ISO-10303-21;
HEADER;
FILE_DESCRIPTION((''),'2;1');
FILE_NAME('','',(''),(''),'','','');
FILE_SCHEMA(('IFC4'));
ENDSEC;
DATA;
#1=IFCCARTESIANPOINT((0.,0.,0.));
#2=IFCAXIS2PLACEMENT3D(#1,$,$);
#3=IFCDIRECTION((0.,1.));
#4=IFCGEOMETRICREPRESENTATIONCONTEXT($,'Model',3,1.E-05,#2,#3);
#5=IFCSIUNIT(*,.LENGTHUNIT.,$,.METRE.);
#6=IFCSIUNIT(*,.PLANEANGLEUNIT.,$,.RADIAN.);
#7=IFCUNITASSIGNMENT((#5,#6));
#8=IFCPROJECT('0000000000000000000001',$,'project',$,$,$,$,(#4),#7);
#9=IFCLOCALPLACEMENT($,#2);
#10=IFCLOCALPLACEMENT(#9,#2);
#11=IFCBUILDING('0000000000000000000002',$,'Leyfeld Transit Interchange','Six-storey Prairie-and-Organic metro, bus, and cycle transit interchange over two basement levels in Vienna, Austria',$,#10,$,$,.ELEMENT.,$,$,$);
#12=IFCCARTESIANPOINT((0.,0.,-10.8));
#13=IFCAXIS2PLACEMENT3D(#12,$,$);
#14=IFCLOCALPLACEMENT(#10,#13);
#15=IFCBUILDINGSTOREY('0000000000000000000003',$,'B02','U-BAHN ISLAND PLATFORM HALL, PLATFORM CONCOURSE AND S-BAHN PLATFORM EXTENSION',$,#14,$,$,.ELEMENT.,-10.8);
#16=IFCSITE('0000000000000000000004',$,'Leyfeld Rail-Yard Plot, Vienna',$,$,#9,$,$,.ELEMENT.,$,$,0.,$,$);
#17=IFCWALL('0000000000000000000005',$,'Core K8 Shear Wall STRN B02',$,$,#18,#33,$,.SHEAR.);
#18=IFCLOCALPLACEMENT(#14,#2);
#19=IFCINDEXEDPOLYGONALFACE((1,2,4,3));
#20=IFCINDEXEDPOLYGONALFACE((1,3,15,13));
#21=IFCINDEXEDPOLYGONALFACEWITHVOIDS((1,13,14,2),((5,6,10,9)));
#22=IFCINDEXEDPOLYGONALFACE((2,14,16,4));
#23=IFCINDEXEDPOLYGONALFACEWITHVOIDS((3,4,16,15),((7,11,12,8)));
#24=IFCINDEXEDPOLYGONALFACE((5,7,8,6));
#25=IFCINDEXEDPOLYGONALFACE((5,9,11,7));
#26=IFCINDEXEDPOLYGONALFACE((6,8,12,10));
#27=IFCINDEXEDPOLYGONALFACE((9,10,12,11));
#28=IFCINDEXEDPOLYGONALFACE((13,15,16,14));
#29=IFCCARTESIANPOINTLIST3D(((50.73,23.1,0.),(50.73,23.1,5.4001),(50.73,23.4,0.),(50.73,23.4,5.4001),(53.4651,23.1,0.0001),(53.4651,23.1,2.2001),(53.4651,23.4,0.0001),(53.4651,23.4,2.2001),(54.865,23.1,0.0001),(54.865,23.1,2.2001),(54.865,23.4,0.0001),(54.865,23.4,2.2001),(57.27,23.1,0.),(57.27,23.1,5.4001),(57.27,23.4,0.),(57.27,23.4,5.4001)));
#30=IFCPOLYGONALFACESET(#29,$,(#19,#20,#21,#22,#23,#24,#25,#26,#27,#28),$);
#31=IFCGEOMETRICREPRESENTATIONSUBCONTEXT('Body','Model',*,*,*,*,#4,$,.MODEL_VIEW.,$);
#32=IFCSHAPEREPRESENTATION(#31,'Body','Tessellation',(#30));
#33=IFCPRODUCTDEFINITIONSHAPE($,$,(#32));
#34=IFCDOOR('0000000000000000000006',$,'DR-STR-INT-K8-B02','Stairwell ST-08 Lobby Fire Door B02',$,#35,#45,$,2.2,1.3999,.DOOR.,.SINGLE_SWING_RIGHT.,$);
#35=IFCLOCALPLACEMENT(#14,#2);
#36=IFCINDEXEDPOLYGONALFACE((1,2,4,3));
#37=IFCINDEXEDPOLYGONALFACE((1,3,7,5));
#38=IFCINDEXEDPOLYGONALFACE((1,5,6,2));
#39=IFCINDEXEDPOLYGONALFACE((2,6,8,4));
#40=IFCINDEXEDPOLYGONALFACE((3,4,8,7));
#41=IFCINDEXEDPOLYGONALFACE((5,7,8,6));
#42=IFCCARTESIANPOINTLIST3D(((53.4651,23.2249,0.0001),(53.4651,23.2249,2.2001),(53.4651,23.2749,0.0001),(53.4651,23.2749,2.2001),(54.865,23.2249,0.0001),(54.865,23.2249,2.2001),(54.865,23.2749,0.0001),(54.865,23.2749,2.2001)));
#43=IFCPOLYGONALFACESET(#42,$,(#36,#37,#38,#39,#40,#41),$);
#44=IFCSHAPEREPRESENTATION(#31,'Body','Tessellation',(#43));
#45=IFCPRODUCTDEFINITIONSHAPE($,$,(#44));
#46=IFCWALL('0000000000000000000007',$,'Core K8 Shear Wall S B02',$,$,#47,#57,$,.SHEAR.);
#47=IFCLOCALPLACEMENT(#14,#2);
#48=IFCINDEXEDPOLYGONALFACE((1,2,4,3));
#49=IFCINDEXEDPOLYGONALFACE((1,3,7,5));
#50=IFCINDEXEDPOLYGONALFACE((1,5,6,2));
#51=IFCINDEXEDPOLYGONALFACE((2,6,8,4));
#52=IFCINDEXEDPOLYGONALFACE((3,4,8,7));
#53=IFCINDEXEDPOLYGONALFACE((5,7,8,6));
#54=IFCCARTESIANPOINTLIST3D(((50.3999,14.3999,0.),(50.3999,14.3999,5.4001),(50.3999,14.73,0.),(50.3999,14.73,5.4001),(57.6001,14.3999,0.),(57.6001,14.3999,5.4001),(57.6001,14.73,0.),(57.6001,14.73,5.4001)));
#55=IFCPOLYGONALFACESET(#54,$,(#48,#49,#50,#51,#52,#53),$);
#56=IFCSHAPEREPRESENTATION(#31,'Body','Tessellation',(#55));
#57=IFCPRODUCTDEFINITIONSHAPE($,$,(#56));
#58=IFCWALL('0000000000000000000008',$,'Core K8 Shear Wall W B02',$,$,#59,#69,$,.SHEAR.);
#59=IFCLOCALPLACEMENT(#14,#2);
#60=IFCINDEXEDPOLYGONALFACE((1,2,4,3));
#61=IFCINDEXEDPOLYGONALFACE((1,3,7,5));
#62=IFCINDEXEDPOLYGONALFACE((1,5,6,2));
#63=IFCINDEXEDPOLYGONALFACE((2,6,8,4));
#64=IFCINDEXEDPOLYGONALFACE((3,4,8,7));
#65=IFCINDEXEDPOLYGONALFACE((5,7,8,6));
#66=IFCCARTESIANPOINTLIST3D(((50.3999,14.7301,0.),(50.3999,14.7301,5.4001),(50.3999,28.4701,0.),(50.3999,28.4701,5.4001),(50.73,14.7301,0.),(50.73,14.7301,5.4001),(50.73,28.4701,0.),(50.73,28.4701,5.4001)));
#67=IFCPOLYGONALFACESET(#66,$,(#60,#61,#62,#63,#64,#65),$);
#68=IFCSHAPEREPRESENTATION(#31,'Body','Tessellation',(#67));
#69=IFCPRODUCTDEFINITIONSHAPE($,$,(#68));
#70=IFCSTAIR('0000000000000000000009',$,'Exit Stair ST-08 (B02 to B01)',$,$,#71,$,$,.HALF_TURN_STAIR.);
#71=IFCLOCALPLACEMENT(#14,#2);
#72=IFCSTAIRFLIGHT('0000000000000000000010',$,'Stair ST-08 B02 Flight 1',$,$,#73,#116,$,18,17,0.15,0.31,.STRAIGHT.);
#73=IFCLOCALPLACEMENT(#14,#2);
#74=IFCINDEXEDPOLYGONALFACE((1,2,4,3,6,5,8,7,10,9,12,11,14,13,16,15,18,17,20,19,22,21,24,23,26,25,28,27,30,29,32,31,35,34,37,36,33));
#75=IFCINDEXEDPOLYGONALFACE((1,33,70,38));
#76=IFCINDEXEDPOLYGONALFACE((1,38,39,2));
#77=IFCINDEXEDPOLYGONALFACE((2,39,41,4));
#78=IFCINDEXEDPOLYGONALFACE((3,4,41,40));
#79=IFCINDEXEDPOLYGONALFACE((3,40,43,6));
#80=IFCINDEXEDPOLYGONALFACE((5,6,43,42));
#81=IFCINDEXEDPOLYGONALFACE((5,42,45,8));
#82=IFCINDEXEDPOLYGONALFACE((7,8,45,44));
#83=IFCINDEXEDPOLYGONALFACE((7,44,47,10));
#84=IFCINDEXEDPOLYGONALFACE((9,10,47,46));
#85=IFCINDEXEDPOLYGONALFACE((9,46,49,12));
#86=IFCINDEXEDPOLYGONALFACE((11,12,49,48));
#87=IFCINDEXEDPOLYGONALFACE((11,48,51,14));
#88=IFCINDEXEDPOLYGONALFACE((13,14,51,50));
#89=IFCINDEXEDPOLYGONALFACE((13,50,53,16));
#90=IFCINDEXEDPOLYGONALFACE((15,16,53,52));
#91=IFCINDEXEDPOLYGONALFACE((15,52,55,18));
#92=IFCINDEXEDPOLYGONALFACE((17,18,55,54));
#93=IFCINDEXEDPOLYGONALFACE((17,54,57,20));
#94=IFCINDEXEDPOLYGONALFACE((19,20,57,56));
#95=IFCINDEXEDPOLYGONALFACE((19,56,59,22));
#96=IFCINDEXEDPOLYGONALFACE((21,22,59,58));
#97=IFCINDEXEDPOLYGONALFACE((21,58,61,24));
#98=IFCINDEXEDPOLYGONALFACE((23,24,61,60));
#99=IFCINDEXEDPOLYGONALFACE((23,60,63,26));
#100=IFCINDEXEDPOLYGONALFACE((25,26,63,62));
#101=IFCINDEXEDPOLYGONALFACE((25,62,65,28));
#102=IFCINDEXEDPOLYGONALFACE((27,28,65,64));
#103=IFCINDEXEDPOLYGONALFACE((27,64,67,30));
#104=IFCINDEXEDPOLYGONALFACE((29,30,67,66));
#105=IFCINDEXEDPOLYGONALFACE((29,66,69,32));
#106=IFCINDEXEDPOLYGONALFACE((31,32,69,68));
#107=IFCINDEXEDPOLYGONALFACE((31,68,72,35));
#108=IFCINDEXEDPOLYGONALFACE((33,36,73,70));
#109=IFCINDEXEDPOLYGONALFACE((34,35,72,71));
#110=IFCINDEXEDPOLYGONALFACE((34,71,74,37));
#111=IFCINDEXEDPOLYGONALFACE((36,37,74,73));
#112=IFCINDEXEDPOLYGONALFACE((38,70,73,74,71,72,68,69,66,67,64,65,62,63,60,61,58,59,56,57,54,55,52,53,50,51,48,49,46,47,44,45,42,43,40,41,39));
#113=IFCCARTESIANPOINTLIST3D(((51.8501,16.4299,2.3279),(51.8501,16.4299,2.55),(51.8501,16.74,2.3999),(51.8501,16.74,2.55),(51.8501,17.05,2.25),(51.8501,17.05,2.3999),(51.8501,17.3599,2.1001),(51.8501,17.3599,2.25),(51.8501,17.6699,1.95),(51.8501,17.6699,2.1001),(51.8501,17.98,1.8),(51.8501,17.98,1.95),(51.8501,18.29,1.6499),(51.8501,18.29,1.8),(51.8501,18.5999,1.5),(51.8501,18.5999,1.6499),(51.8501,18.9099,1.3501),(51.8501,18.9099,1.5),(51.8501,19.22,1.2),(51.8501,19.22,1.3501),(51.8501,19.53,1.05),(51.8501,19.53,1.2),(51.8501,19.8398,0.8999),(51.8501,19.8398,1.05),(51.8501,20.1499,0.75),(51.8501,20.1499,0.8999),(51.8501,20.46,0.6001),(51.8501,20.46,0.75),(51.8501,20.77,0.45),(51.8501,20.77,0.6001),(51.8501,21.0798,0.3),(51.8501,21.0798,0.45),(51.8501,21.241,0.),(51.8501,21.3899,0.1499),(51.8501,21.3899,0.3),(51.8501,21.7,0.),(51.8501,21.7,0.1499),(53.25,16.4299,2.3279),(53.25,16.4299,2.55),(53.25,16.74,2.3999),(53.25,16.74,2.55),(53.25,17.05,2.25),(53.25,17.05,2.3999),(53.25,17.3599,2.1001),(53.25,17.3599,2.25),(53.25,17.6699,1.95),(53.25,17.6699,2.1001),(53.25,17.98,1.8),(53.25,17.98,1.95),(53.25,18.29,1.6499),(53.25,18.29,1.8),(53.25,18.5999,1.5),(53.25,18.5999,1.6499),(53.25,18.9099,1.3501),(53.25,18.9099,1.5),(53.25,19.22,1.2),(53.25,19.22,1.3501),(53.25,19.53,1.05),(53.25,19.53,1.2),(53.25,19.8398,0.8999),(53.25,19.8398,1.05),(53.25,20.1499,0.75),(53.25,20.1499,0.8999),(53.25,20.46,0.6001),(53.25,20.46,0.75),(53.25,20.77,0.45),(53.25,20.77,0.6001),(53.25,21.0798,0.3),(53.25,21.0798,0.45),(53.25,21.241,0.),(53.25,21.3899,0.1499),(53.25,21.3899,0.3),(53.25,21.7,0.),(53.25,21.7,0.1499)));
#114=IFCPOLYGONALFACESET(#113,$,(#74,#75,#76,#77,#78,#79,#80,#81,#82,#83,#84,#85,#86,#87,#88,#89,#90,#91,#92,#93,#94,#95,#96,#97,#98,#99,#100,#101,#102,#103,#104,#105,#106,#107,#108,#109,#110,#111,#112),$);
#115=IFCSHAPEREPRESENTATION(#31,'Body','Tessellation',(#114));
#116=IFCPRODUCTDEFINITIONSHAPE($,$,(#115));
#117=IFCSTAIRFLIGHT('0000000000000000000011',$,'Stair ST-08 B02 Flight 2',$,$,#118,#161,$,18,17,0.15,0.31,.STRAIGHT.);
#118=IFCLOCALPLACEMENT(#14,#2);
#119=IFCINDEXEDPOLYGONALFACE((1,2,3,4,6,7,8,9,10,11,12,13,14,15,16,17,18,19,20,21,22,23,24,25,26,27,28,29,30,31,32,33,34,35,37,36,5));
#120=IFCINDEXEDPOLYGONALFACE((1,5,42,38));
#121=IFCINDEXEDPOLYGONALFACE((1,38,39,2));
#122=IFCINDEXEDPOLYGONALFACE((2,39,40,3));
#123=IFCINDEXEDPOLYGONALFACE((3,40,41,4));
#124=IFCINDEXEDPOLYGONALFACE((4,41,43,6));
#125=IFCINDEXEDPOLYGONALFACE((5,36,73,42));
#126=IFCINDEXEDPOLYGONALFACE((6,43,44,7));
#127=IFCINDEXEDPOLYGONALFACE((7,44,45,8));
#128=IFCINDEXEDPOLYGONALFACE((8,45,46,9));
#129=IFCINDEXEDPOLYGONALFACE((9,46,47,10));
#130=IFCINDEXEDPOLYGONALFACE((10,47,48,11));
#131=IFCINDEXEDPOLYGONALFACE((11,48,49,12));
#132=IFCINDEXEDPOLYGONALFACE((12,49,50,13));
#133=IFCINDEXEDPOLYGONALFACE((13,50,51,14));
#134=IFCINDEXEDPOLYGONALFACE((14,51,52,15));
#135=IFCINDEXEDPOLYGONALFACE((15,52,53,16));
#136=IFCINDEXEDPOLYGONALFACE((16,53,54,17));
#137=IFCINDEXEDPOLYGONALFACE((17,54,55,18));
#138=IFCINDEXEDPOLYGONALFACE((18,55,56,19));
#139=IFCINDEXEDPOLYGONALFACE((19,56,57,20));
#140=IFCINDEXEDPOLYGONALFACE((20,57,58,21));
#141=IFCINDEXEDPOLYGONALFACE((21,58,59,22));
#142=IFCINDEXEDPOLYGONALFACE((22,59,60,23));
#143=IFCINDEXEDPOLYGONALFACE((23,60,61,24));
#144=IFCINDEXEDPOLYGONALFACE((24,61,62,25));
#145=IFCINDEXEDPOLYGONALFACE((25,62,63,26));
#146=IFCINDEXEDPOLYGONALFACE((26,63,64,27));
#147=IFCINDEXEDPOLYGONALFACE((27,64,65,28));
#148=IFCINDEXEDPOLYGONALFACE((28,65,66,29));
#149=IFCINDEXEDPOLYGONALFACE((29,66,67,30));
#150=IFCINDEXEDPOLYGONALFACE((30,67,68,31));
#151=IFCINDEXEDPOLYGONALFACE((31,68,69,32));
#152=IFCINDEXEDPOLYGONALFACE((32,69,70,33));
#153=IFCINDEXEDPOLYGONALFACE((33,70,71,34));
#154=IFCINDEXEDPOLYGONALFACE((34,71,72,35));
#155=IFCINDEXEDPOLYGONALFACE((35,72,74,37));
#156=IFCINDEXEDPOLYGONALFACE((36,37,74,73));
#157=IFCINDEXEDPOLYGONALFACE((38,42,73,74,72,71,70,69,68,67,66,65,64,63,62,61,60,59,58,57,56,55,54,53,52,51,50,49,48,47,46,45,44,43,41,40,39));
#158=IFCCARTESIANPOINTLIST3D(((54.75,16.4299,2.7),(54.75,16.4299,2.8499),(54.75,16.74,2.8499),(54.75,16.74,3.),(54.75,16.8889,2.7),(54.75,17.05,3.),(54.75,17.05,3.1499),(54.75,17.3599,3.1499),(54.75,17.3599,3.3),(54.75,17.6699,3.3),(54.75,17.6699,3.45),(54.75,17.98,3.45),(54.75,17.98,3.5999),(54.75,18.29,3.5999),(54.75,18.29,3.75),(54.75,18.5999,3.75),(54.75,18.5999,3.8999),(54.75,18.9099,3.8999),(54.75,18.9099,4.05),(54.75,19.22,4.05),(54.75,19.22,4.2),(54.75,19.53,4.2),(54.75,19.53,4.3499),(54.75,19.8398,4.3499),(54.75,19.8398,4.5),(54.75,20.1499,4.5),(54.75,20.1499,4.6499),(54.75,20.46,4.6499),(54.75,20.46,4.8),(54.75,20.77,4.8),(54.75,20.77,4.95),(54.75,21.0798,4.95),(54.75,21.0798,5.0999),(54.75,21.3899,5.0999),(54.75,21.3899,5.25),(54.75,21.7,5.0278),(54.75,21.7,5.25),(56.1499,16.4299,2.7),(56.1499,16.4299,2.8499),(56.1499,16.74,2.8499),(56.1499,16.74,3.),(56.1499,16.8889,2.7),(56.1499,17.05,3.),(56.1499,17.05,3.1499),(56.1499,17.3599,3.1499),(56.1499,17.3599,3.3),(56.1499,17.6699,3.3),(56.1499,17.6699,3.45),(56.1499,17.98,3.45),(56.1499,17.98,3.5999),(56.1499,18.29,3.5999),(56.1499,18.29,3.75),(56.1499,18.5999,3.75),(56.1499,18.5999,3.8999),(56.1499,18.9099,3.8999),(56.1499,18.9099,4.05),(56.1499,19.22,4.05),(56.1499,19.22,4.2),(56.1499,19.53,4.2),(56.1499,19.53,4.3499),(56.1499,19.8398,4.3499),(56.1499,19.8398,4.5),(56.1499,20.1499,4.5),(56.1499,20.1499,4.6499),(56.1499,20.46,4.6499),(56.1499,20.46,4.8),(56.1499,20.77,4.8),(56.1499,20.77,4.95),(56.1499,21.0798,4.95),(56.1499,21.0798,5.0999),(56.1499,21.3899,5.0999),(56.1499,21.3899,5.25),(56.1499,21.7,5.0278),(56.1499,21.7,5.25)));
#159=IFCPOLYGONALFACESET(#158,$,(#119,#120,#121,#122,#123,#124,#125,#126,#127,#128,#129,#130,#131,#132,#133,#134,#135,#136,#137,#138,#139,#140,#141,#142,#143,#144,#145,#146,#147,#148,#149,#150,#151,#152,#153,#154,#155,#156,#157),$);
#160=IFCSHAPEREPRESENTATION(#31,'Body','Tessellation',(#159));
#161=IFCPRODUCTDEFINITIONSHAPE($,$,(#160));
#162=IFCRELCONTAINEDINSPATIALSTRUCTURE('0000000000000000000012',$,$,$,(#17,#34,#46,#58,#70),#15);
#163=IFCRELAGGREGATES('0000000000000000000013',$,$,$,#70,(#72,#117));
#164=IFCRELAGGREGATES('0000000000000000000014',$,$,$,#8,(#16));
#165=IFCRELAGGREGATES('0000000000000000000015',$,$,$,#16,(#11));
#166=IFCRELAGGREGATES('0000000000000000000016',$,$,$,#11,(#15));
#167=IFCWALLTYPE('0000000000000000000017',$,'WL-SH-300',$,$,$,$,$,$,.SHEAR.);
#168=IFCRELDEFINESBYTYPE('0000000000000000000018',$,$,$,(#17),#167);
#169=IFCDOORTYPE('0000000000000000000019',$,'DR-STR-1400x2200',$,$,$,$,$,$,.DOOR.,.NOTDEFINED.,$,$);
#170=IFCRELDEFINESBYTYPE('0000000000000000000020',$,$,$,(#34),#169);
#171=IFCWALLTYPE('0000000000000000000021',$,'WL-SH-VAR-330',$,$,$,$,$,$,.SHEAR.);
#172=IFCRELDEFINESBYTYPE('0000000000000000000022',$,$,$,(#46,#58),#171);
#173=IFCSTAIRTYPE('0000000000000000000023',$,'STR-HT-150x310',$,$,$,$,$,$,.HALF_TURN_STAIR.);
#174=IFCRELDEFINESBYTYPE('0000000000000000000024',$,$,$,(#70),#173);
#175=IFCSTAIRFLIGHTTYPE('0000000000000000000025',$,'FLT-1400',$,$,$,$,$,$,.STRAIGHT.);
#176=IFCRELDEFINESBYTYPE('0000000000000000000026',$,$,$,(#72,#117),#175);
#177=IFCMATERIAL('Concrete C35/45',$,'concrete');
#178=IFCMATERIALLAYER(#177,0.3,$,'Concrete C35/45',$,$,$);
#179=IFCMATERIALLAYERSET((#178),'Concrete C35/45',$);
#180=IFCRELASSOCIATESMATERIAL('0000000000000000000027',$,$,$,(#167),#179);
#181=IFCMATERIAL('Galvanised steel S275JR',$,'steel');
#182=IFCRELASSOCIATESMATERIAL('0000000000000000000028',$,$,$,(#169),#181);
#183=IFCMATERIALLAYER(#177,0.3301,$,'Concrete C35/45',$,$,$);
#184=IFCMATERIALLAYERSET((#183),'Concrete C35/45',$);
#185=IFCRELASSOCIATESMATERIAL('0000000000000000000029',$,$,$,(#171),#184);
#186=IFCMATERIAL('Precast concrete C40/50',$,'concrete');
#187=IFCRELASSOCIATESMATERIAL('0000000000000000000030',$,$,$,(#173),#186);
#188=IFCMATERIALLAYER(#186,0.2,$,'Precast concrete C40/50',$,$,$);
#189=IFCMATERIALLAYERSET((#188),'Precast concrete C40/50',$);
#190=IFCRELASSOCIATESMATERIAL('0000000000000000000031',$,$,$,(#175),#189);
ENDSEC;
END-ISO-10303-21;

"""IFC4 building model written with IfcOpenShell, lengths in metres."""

from ifc_helpers import new_model, si_unit, direction, frame, frame_2d, origin, place, context, subcontext, project, spatial, polyline, rectangle, outline, extrude, material, layer, layer_set, type_object, element, fill, aggregate, save


model = new_model("IFC4")

# Units and contexts
model_context = context("Model", 3, precision=1e-05, world=origin(), true_north=direction((0.0, 1.0)))
body_context = subcontext(model_context, "Body", "Model", "MODEL_VIEW")
ifc_project = project(units=[si_unit("LENGTHUNIT", "METRE"), si_unit("PLANEANGLEUNIT", "RADIAN")], contexts=[model_context])

# Site, building, storey
site_placement = place(None, origin())
site = spatial("IfcSite", under=ifc_project, at=site_placement, Name="Leyfeld Rail-Yard Plot, Vienna", CompositionType="ELEMENT", RefElevation=0.0)
building_placement = place(site_placement, origin())
building = spatial("IfcBuilding", under=site, at=building_placement, Name="Leyfeld Transit Interchange", Description="Six-storey Prairie-and-Organic metro, bus, and cycle transit interchange over two basement levels in Vienna, Austria", CompositionType="ELEMENT")
storey_placement = place(building_placement, frame((0.0, 0.0, -10.8)))
storey = spatial("IfcBuildingStorey", under=building, at=storey_placement, Name="B02", Description="U-BAHN ISLAND PLATFORM HALL, PLATFORM CONCOURSE AND S-BAHN PLATFORM EXTENSION", CompositionType="ELEMENT", Elevation=-10.8)

# Shared definitions
ifc_material_1 = material(Name="Concrete C35/45", Category="concrete")

# Wall, opening, door
ifc_layer_1 = layer(ifc_material_1, 0.3, Name="Concrete C35/45")
ifc_layer_set_1 = layer_set([ifc_layer_1], Name="Concrete C35/45")
wall_type_1 = type_object("IfcWallType", Name="WL-SH-300", PredefinedType="SHEAR", material=ifc_layer_set_1)
wall_1_placement = place(storey_placement, frame((50.73, 23.25, 0.0), z_axis=(0.0, 0.0, 1.0), x_axis=(1.0, 0.0, 0.0)))
wall_1 = element("IfcWall", 1, at=wall_1_placement, inside=storey, type_object=wall_type_1, Name="Core K8 Shear Wall STRN B02", PredefinedType="SHEAR", context=body_context, shape_type="SweptSolid", body=[
    extrude(rectangle(XDim=6.54, YDim=0.3, at=frame_2d((3.27, 0.0))), origin(), (0.0, 0.0, 1.0), 5.4001),
])
opening_placement = place(wall_1_placement, frame((2.7351, 0.0, 0.0)))
opening = element("IfcOpeningElement", 2, at=opening_placement, cuts=wall_1, PredefinedType="OPENING", context=body_context, shape_type="SweptSolid", body=[
    extrude(rectangle(XDim=1.3999, YDim=2.2, at=frame_2d((0.7, 1.1001))), frame((0.0, 0.1599, 0.0), z_axis=(0.0, -1.0, 0.0), x_axis=(1.0, 0.0, 0.0)), (0.0, 0.0, 1.0), 0.3201),
])
ifc_material_2 = material(Name="Galvanised steel S275JR", Category="steel")
door_type = type_object("IfcDoorType", Name="DR-STR-1400x2200", OperationType="NOTDEFINED", PredefinedType="DOOR", material=ifc_material_2)
door_placement = place(opening_placement, origin())
door = element("IfcDoor", 3, at=door_placement, inside=storey, type_object=door_type, Name="DR-STR-INT-K8-B02", Description="Stairwell ST-08 Lobby Fire Door B02", OperationType="SINGLE_SWING_RIGHT", OverallHeight=2.2, OverallWidth=1.3999, PredefinedType="DOOR", context=body_context, shape_type="SweptSolid", body=[
    extrude(rectangle(XDim=1.3999, YDim=2.2, at=frame_2d((0.7, 1.1001))), frame((0.0, 0.0249, 0.0), z_axis=(0.0, -1.0, 0.0), x_axis=(1.0, 0.0, 0.0)), (0.0, 0.0, 1.0), 0.05),
])
fill(opening, door)

# Walls
ifc_layer_2 = layer(ifc_material_1, 0.3301, Name="Concrete C35/45")
ifc_layer_set_2 = layer_set([ifc_layer_2], Name="Concrete C35/45")
wall_type_2 = type_object("IfcWallType", Name="WL-SH-VAR-330", PredefinedType="SHEAR", material=ifc_layer_set_2)
wall_2_placement = place(storey_placement, frame((57.6001, 14.5649, 0.0), z_axis=(0.0, 0.0, 1.0), x_axis=(-1.0, 0.0, 0.0)))
element("IfcWall", 4, at=wall_2_placement, inside=storey, type_object=wall_type_2, Name="Core K8 Shear Wall S B02", PredefinedType="SHEAR", context=body_context, shape_type="SweptSolid", body=[
    extrude(rectangle(XDim=7.2002, YDim=0.3301, at=frame_2d((3.6001, 0.0))), origin(), (0.0, 0.0, 1.0), 5.4001),
])
wall_3_placement = place(storey_placement, frame((50.5649, 14.73, 0.0), z_axis=(0.0, 0.0, 1.0), x_axis=(0.0, 1.0, 0.0)))
element("IfcWall", 5, at=wall_3_placement, inside=storey, type_object=wall_type_2, Name="Core K8 Shear Wall W B02", PredefinedType="SHEAR", context=body_context, shape_type="SweptSolid", body=[
    extrude(rectangle(XDim=13.74, YDim=0.3301, at=frame_2d((6.8701, 0.0))), origin(), (0.0, 0.0, 1.0), 5.4001),
])

# Stair, stair flights
ifc_material_3 = material(Name="Precast concrete C40/50", Category="concrete")
stair_type = type_object("IfcStairType", Name="STR-HT-150x310", PredefinedType="HALF_TURN_STAIR", material=ifc_material_3)
stair_placement = place(storey_placement, origin())
stair = element("IfcStair", 6, at=stair_placement, inside=storey, type_object=stair_type, Name="Exit Stair ST-08 (B02 to B01)", PredefinedType="HALF_TURN_STAIR")
ifc_layer_3 = layer(ifc_material_3, 0.2, Name="Precast concrete C40/50")
ifc_layer_set_3 = layer_set([ifc_layer_3], Name="Precast concrete C40/50")
stair_flight_type = type_object("IfcStairFlightType", Name="FLT-1400", PredefinedType="STRAIGHT", material=ifc_layer_set_3)
stair_flight_1_placement = place(storey_placement, frame((52.55, 21.7, 0.0), z_axis=(0.0, 0.0, 1.0), x_axis=(0.0, -1.0, 0.0)))
stair_flight_1 = element("IfcStairFlight", 7, at=stair_flight_1_placement, type_object=stair_flight_type, Name="Stair ST-08 B02 Flight 1", NumberOfRisers=18, NumberOfTreads=17, PredefinedType="STRAIGHT", RiserHeight=0.15, TreadLength=0.31, context=body_context, shape_type="SweptSolid", body=[
    extrude(outline(polyline([(0.0, 0.0), (0.0, 0.1499), (0.3101, 0.1499), (0.3101, 0.3), (0.6201, 0.3), (0.6201, 0.45), (0.9299, 0.45), (0.9299, 0.6001), (1.24, 0.6001), (1.24, 0.75), (1.55, 0.75), (1.55, 0.8999), (1.8601, 0.8999), (1.8601, 1.05), (2.1699, 1.05), (2.1699, 1.2), (2.48, 1.2), (2.48, 1.3501), (2.79, 1.3501), (2.79, 1.5), (3.1001, 1.5), (3.1001, 1.6499), (3.4099, 1.6499), (3.4099, 1.8), (3.72, 1.8), (3.72, 1.95), (4.03, 1.95), (4.03, 2.1001), (4.3401, 2.1001), (4.3401, 2.25), (4.6499, 2.25), (4.6499, 2.3999), (4.96, 2.3999), (4.96, 2.55), (5.27, 2.55), (5.27, 2.7), (5.27, 2.3279), (0.459, 0.0), (0.0, 0.0)])), frame((0.0, 0.7, 0.0), z_axis=(0.0, -1.0, 0.0), x_axis=(1.0, 0.0, 0.0)), (0.0, 0.0, 1.0), 1.3999),
])
stair_flight_2_placement = place(storey_placement, frame((55.45, 16.4299, 2.7), z_axis=(0.0, 0.0, 1.0), x_axis=(0.0, 1.0, 0.0)))
stair_flight_2 = element("IfcStairFlight", 8, at=stair_flight_2_placement, type_object=stair_flight_type, Name="Stair ST-08 B02 Flight 2", NumberOfRisers=18, NumberOfTreads=17, PredefinedType="STRAIGHT", RiserHeight=0.15, TreadLength=0.31, context=body_context, shape_type="SweptSolid", body=[
    extrude(outline(polyline([(0.0, 0.0), (0.0, 0.1499), (0.3101, 0.1499), (0.3101, 0.3), (0.6201, 0.3), (0.6201, 0.45), (0.9299, 0.45), (0.9299, 0.6001), (1.24, 0.6001), (1.24, 0.75), (1.55, 0.75), (1.55, 0.8999), (1.8601, 0.8999), (1.8601, 1.05), (2.1699, 1.05), (2.1699, 1.2), (2.48, 1.2), (2.48, 1.3501), (2.79, 1.3501), (2.79, 1.5), (3.1001, 1.5), (3.1001, 1.6499), (3.4099, 1.6499), (3.4099, 1.8), (3.72, 1.8), (3.72, 1.95), (4.03, 1.95), (4.03, 2.1001), (4.3401, 2.1001), (4.3401, 2.25), (4.6499, 2.25), (4.6499, 2.3999), (4.96, 2.3999), (4.96, 2.55), (5.27, 2.55), (5.27, 2.7), (5.27, 2.3279), (0.459, 0.0), (0.0, 0.0)])), frame((0.0, 0.7, 0.0), z_axis=(0.0, -1.0, 0.0), x_axis=(1.0, 0.0, 0.0)), (0.0, 0.0, 1.0), 1.3999),
])
aggregate(stair, [stair_flight_1, stair_flight_2])

save(model, "model.ifc")
